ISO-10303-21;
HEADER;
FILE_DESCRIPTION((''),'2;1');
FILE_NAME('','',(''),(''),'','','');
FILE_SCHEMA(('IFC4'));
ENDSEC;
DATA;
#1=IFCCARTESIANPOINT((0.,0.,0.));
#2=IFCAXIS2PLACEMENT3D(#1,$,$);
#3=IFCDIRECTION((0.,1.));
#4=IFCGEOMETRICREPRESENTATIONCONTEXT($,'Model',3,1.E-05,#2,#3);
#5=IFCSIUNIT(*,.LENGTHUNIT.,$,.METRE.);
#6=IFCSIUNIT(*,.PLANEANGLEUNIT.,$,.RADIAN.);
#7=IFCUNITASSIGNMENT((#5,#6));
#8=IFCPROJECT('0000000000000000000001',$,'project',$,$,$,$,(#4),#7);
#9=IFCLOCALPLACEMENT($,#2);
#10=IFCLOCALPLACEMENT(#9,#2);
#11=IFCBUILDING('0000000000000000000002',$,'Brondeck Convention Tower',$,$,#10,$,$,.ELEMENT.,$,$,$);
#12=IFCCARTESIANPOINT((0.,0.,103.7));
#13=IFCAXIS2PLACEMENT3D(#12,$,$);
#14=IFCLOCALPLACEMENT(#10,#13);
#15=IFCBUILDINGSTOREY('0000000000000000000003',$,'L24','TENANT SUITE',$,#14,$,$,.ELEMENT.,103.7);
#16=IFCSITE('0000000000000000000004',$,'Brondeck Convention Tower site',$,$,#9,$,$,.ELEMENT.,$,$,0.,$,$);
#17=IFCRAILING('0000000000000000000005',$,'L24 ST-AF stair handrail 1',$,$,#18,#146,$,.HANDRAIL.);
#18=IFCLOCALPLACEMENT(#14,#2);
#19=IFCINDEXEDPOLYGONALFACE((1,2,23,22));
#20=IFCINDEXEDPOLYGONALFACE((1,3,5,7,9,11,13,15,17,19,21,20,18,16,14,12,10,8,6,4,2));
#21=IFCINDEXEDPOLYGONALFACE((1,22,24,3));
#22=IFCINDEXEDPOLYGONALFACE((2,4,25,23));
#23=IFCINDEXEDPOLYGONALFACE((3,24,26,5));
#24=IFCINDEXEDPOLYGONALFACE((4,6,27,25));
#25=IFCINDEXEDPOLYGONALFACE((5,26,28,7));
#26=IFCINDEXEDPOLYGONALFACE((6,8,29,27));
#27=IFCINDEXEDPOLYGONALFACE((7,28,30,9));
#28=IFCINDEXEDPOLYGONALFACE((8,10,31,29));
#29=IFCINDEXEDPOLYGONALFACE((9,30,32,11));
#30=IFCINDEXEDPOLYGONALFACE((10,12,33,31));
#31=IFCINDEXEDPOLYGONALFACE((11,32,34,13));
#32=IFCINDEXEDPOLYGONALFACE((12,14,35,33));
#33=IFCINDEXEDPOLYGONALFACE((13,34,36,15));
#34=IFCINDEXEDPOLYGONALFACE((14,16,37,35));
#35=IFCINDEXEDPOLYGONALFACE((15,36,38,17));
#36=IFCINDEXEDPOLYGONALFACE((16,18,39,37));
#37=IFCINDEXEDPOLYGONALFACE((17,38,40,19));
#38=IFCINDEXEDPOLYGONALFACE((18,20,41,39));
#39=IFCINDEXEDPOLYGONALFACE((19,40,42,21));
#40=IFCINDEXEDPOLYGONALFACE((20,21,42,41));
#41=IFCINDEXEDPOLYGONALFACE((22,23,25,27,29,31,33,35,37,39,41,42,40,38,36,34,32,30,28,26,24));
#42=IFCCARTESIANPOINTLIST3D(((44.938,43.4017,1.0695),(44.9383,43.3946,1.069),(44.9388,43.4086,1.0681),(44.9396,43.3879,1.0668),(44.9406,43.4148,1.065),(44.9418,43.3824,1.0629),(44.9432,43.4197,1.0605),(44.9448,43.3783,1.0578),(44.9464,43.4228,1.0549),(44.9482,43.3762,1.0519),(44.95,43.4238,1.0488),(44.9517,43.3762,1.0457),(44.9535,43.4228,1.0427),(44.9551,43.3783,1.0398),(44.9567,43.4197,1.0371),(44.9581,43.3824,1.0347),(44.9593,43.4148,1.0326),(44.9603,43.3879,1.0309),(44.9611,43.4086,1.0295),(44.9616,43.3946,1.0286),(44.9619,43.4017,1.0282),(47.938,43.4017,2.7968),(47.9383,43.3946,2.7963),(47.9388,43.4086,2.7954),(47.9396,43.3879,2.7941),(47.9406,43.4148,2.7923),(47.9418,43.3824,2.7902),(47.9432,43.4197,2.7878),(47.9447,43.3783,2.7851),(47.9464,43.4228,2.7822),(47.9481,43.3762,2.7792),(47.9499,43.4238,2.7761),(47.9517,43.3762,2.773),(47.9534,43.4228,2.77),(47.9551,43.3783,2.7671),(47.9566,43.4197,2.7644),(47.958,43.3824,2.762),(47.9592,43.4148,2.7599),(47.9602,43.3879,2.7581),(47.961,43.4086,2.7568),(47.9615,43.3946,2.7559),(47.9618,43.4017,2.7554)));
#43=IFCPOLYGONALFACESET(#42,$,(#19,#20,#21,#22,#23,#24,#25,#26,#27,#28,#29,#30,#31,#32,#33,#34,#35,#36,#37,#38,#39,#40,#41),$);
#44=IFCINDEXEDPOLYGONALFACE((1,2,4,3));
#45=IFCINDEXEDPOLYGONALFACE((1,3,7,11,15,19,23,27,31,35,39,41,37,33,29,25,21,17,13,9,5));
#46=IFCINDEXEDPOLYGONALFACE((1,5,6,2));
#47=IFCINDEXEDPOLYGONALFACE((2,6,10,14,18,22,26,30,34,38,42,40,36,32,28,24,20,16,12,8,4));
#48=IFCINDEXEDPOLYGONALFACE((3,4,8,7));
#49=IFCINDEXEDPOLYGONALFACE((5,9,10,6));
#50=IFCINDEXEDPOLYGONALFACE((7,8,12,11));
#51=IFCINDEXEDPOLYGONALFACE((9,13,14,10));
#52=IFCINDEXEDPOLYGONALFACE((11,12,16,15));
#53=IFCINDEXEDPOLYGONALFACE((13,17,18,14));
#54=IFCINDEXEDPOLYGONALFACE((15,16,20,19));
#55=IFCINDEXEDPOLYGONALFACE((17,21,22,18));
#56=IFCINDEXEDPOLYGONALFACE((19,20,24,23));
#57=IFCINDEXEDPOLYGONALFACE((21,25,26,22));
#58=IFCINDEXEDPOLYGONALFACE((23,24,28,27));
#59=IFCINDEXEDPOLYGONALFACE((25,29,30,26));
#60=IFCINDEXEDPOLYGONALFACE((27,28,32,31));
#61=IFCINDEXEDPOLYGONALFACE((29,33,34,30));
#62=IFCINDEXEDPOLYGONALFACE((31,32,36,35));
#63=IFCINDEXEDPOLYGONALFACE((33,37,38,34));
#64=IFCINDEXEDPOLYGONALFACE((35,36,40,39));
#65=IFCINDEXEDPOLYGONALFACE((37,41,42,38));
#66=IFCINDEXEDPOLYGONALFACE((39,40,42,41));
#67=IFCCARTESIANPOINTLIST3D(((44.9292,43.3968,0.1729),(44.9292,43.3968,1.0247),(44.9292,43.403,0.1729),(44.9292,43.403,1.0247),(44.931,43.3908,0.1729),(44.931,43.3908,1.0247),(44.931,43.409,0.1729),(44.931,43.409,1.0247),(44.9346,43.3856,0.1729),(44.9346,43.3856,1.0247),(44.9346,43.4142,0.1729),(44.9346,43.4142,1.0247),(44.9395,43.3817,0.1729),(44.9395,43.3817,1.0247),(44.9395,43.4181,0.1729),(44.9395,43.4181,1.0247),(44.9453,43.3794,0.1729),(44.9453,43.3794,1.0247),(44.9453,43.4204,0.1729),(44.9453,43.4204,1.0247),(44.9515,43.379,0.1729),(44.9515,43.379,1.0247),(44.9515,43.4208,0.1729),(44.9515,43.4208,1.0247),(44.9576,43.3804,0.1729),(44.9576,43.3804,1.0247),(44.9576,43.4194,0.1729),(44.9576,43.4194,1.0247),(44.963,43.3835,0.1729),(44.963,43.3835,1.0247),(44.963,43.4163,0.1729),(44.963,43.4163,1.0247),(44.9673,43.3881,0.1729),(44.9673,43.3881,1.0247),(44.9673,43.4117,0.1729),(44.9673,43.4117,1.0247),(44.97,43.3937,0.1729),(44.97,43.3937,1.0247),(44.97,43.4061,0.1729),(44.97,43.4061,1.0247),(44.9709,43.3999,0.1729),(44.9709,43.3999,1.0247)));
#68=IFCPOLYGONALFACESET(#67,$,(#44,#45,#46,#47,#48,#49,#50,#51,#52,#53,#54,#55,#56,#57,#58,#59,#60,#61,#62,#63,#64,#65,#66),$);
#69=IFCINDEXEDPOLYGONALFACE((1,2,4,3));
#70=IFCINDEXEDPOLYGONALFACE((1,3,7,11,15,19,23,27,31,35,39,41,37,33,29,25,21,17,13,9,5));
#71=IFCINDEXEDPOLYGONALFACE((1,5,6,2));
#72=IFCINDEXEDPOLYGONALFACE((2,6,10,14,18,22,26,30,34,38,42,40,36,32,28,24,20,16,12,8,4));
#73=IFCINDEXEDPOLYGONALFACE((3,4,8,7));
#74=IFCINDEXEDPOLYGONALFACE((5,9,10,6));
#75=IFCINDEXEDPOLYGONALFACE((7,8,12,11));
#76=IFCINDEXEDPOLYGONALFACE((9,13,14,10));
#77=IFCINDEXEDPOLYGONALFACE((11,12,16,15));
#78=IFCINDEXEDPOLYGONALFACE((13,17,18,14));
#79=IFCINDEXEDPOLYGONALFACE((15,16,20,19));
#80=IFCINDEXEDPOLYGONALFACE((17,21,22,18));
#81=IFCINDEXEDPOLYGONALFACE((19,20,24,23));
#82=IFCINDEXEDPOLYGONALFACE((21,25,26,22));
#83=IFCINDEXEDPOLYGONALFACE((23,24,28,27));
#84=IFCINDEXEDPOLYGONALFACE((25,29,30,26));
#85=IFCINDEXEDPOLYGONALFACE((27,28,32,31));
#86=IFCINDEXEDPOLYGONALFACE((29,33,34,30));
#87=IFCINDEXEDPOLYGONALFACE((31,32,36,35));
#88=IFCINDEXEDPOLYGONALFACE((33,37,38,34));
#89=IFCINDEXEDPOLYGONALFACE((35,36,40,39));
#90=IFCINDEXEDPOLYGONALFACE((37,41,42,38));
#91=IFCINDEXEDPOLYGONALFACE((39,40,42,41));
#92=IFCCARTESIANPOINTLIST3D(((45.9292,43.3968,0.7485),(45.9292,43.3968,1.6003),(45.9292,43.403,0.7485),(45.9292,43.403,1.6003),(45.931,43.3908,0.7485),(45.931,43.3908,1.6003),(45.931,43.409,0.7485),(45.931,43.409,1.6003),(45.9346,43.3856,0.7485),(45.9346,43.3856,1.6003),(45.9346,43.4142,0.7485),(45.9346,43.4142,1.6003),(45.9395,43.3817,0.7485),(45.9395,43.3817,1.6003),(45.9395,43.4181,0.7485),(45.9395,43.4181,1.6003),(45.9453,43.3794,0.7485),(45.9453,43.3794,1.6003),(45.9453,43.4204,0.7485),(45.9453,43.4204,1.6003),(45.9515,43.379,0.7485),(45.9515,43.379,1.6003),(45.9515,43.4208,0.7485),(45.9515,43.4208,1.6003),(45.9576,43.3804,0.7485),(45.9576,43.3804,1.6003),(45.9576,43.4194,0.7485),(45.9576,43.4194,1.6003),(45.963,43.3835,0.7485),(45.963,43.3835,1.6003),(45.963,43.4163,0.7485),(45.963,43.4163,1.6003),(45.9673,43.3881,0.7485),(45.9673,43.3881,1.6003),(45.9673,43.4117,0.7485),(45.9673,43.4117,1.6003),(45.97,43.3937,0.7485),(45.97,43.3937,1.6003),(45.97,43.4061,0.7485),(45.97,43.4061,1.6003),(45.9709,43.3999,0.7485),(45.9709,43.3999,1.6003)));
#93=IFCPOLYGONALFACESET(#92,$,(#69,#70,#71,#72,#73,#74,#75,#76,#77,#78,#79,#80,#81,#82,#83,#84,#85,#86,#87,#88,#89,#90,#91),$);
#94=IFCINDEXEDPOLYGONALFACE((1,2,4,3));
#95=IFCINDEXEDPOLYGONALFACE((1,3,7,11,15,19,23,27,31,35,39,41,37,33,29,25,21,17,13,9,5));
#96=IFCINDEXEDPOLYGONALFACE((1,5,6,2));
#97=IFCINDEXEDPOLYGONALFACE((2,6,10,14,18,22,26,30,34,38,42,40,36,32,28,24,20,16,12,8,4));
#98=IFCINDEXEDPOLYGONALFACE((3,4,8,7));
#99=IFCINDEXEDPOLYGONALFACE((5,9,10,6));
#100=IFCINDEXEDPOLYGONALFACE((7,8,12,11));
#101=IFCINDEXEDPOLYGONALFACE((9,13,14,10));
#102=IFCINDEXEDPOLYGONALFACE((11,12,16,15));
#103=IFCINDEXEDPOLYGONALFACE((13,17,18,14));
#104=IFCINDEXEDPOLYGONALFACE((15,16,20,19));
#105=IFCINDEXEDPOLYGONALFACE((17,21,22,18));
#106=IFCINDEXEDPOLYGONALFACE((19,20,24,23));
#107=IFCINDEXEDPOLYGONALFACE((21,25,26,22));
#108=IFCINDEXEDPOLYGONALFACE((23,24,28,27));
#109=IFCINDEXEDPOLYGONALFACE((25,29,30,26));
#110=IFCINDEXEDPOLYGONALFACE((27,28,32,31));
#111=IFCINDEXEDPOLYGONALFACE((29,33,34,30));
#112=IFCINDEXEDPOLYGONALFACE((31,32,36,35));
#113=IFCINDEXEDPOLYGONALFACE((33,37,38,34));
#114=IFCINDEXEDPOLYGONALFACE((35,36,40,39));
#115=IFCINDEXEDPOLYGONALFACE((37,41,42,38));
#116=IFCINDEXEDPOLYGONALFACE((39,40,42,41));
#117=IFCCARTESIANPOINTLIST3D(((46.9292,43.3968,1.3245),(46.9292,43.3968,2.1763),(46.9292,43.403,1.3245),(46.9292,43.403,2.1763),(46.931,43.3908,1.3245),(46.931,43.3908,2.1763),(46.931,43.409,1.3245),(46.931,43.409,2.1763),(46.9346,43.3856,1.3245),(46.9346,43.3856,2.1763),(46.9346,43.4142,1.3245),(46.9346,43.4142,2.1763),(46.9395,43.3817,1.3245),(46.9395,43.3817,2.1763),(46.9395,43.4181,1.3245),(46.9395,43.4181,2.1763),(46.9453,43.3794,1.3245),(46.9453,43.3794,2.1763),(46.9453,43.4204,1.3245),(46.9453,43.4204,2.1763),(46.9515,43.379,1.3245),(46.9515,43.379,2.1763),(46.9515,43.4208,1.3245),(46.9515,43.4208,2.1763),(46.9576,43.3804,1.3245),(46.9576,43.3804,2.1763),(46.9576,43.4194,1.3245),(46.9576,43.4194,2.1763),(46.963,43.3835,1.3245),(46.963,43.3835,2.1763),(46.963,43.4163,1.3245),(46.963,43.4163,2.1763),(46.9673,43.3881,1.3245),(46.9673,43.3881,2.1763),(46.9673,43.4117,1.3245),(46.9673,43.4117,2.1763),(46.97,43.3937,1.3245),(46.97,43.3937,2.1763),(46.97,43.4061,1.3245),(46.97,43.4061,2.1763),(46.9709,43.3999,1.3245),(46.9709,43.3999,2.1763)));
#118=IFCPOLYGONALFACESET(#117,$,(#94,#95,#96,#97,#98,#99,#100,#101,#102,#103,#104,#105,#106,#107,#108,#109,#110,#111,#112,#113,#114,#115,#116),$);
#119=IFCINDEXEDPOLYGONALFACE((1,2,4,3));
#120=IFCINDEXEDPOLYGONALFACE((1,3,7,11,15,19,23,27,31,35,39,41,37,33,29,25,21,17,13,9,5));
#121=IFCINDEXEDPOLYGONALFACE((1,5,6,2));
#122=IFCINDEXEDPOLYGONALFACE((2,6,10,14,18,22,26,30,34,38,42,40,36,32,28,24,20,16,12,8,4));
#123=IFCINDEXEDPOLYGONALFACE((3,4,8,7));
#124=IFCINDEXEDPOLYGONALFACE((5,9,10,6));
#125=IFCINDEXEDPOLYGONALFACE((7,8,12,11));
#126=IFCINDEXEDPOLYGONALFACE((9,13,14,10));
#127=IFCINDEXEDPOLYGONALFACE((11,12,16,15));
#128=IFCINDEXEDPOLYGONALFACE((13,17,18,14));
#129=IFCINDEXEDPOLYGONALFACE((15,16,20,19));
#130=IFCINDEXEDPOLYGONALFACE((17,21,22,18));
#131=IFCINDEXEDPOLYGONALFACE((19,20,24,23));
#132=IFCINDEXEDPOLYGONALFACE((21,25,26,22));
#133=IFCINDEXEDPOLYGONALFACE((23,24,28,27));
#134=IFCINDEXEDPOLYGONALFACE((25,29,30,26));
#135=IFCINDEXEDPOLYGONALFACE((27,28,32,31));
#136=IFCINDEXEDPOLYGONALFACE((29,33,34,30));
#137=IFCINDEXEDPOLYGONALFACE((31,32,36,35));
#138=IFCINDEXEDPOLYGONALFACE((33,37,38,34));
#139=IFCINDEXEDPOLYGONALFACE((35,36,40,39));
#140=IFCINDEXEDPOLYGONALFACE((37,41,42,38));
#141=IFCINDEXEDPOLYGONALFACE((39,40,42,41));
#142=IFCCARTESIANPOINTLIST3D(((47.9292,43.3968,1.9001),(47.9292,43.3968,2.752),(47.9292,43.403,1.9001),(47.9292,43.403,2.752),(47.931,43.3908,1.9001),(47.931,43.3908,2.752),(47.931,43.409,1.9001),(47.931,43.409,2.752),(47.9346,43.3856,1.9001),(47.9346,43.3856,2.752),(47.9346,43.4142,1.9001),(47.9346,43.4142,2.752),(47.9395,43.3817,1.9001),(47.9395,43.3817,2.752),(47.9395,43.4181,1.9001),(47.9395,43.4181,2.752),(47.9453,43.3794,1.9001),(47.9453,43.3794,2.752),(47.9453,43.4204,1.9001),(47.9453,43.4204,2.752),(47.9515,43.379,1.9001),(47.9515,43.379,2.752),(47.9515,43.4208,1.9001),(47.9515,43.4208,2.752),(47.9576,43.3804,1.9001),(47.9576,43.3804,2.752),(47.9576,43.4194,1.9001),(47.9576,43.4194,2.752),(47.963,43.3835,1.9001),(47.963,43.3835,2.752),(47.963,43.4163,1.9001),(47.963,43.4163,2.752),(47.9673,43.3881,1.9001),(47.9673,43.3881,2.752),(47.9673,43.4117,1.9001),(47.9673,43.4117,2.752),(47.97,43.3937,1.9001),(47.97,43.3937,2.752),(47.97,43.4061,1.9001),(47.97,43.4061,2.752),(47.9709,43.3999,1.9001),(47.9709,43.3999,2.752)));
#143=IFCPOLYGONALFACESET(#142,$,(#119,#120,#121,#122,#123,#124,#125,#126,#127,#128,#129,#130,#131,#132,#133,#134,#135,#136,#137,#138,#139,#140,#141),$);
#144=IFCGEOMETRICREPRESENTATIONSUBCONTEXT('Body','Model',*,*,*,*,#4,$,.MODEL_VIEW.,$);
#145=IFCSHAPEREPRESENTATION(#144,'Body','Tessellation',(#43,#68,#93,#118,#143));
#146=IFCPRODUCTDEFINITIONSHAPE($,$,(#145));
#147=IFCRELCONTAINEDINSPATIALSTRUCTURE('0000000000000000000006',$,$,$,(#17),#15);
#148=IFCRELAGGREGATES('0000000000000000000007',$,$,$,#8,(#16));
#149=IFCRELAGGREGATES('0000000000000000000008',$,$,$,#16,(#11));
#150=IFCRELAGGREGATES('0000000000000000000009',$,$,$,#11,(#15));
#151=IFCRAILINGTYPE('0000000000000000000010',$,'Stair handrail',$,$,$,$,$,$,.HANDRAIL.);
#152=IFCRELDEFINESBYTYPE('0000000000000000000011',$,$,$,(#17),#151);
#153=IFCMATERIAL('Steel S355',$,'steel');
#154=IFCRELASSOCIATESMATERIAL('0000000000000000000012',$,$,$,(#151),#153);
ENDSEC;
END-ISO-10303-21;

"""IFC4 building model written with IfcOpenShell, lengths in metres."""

from ifc_helpers import new_model, si_unit, direction, frame, origin, origin_2d, place, context, subcontext, project, spatial, circle, extrude, material, type_object, element, save


model = new_model("IFC4")

# Units and contexts
model_context = context("Model", 3, precision=1e-05, world=origin(), true_north=direction((0.0, 1.0)))
body_context = subcontext(model_context, "Body", "Model", "MODEL_VIEW")
ifc_project = project(units=[si_unit("LENGTHUNIT", "METRE"), si_unit("PLANEANGLEUNIT", "RADIAN")], contexts=[model_context])

# Site, building, storey
site_placement = place(None, origin())
site = spatial("IfcSite", under=ifc_project, at=site_placement, Name="Brondeck Convention Tower site", CompositionType="ELEMENT", RefElevation=0.0)
building_placement = place(site_placement, origin())
building = spatial("IfcBuilding", under=site, at=building_placement, Name="Brondeck Convention Tower", CompositionType="ELEMENT")
storey_placement = place(building_placement, frame((0.0, 0.0, 103.7)))
storey = spatial("IfcBuildingStorey", under=building, at=storey_placement, Name="L24", Description="TENANT SUITE", CompositionType="ELEMENT", Elevation=103.7)

# Shared definitions
ifc_material_1 = material(Name="Steel S355", Category="steel")

# Railing
railing_type = type_object("IfcRailingType", Name="Stair handrail", PredefinedType="HANDRAIL", material=ifc_material_1)
railing_placement = place(storey_placement, frame((44.95, 43.3999, 0.1729)))
element("IfcRailing", 1, at=railing_placement, inside=storey, type_object=railing_type, Name="L24 ST-AF stair handrail 1", PredefinedType="HANDRAIL", context=body_context, shape_type="SweptSolid", body=[
    extrude(circle(Radius=0.0239, at=origin_2d()), frame((0.0, 0.0, 0.876), z_axis=(0.86662, 0.0, 0.498969), x_axis=(0.0, 1.0, 0.0)), (0.0, 0.0, 1.0), 3.4617),
    extrude(circle(Radius=0.021, at=origin_2d()), origin(), (0.0, 0.0, 1.0), 0.8518),
    extrude(circle(Radius=0.021, at=origin_2d()), frame((1.0, 0.0, 0.5757)), (0.0, 0.0, 1.0), 0.8518),
    extrude(circle(Radius=0.021, at=origin_2d()), frame((2.0, 0.0, 1.1516)), (0.0, 0.0, 1.0), 0.8518),
    extrude(circle(Radius=0.021, at=origin_2d()), frame((3.0, 0.0, 1.7273)), (0.0, 0.0, 1.0), 0.8518),
])

save(model, "model.ifc")
